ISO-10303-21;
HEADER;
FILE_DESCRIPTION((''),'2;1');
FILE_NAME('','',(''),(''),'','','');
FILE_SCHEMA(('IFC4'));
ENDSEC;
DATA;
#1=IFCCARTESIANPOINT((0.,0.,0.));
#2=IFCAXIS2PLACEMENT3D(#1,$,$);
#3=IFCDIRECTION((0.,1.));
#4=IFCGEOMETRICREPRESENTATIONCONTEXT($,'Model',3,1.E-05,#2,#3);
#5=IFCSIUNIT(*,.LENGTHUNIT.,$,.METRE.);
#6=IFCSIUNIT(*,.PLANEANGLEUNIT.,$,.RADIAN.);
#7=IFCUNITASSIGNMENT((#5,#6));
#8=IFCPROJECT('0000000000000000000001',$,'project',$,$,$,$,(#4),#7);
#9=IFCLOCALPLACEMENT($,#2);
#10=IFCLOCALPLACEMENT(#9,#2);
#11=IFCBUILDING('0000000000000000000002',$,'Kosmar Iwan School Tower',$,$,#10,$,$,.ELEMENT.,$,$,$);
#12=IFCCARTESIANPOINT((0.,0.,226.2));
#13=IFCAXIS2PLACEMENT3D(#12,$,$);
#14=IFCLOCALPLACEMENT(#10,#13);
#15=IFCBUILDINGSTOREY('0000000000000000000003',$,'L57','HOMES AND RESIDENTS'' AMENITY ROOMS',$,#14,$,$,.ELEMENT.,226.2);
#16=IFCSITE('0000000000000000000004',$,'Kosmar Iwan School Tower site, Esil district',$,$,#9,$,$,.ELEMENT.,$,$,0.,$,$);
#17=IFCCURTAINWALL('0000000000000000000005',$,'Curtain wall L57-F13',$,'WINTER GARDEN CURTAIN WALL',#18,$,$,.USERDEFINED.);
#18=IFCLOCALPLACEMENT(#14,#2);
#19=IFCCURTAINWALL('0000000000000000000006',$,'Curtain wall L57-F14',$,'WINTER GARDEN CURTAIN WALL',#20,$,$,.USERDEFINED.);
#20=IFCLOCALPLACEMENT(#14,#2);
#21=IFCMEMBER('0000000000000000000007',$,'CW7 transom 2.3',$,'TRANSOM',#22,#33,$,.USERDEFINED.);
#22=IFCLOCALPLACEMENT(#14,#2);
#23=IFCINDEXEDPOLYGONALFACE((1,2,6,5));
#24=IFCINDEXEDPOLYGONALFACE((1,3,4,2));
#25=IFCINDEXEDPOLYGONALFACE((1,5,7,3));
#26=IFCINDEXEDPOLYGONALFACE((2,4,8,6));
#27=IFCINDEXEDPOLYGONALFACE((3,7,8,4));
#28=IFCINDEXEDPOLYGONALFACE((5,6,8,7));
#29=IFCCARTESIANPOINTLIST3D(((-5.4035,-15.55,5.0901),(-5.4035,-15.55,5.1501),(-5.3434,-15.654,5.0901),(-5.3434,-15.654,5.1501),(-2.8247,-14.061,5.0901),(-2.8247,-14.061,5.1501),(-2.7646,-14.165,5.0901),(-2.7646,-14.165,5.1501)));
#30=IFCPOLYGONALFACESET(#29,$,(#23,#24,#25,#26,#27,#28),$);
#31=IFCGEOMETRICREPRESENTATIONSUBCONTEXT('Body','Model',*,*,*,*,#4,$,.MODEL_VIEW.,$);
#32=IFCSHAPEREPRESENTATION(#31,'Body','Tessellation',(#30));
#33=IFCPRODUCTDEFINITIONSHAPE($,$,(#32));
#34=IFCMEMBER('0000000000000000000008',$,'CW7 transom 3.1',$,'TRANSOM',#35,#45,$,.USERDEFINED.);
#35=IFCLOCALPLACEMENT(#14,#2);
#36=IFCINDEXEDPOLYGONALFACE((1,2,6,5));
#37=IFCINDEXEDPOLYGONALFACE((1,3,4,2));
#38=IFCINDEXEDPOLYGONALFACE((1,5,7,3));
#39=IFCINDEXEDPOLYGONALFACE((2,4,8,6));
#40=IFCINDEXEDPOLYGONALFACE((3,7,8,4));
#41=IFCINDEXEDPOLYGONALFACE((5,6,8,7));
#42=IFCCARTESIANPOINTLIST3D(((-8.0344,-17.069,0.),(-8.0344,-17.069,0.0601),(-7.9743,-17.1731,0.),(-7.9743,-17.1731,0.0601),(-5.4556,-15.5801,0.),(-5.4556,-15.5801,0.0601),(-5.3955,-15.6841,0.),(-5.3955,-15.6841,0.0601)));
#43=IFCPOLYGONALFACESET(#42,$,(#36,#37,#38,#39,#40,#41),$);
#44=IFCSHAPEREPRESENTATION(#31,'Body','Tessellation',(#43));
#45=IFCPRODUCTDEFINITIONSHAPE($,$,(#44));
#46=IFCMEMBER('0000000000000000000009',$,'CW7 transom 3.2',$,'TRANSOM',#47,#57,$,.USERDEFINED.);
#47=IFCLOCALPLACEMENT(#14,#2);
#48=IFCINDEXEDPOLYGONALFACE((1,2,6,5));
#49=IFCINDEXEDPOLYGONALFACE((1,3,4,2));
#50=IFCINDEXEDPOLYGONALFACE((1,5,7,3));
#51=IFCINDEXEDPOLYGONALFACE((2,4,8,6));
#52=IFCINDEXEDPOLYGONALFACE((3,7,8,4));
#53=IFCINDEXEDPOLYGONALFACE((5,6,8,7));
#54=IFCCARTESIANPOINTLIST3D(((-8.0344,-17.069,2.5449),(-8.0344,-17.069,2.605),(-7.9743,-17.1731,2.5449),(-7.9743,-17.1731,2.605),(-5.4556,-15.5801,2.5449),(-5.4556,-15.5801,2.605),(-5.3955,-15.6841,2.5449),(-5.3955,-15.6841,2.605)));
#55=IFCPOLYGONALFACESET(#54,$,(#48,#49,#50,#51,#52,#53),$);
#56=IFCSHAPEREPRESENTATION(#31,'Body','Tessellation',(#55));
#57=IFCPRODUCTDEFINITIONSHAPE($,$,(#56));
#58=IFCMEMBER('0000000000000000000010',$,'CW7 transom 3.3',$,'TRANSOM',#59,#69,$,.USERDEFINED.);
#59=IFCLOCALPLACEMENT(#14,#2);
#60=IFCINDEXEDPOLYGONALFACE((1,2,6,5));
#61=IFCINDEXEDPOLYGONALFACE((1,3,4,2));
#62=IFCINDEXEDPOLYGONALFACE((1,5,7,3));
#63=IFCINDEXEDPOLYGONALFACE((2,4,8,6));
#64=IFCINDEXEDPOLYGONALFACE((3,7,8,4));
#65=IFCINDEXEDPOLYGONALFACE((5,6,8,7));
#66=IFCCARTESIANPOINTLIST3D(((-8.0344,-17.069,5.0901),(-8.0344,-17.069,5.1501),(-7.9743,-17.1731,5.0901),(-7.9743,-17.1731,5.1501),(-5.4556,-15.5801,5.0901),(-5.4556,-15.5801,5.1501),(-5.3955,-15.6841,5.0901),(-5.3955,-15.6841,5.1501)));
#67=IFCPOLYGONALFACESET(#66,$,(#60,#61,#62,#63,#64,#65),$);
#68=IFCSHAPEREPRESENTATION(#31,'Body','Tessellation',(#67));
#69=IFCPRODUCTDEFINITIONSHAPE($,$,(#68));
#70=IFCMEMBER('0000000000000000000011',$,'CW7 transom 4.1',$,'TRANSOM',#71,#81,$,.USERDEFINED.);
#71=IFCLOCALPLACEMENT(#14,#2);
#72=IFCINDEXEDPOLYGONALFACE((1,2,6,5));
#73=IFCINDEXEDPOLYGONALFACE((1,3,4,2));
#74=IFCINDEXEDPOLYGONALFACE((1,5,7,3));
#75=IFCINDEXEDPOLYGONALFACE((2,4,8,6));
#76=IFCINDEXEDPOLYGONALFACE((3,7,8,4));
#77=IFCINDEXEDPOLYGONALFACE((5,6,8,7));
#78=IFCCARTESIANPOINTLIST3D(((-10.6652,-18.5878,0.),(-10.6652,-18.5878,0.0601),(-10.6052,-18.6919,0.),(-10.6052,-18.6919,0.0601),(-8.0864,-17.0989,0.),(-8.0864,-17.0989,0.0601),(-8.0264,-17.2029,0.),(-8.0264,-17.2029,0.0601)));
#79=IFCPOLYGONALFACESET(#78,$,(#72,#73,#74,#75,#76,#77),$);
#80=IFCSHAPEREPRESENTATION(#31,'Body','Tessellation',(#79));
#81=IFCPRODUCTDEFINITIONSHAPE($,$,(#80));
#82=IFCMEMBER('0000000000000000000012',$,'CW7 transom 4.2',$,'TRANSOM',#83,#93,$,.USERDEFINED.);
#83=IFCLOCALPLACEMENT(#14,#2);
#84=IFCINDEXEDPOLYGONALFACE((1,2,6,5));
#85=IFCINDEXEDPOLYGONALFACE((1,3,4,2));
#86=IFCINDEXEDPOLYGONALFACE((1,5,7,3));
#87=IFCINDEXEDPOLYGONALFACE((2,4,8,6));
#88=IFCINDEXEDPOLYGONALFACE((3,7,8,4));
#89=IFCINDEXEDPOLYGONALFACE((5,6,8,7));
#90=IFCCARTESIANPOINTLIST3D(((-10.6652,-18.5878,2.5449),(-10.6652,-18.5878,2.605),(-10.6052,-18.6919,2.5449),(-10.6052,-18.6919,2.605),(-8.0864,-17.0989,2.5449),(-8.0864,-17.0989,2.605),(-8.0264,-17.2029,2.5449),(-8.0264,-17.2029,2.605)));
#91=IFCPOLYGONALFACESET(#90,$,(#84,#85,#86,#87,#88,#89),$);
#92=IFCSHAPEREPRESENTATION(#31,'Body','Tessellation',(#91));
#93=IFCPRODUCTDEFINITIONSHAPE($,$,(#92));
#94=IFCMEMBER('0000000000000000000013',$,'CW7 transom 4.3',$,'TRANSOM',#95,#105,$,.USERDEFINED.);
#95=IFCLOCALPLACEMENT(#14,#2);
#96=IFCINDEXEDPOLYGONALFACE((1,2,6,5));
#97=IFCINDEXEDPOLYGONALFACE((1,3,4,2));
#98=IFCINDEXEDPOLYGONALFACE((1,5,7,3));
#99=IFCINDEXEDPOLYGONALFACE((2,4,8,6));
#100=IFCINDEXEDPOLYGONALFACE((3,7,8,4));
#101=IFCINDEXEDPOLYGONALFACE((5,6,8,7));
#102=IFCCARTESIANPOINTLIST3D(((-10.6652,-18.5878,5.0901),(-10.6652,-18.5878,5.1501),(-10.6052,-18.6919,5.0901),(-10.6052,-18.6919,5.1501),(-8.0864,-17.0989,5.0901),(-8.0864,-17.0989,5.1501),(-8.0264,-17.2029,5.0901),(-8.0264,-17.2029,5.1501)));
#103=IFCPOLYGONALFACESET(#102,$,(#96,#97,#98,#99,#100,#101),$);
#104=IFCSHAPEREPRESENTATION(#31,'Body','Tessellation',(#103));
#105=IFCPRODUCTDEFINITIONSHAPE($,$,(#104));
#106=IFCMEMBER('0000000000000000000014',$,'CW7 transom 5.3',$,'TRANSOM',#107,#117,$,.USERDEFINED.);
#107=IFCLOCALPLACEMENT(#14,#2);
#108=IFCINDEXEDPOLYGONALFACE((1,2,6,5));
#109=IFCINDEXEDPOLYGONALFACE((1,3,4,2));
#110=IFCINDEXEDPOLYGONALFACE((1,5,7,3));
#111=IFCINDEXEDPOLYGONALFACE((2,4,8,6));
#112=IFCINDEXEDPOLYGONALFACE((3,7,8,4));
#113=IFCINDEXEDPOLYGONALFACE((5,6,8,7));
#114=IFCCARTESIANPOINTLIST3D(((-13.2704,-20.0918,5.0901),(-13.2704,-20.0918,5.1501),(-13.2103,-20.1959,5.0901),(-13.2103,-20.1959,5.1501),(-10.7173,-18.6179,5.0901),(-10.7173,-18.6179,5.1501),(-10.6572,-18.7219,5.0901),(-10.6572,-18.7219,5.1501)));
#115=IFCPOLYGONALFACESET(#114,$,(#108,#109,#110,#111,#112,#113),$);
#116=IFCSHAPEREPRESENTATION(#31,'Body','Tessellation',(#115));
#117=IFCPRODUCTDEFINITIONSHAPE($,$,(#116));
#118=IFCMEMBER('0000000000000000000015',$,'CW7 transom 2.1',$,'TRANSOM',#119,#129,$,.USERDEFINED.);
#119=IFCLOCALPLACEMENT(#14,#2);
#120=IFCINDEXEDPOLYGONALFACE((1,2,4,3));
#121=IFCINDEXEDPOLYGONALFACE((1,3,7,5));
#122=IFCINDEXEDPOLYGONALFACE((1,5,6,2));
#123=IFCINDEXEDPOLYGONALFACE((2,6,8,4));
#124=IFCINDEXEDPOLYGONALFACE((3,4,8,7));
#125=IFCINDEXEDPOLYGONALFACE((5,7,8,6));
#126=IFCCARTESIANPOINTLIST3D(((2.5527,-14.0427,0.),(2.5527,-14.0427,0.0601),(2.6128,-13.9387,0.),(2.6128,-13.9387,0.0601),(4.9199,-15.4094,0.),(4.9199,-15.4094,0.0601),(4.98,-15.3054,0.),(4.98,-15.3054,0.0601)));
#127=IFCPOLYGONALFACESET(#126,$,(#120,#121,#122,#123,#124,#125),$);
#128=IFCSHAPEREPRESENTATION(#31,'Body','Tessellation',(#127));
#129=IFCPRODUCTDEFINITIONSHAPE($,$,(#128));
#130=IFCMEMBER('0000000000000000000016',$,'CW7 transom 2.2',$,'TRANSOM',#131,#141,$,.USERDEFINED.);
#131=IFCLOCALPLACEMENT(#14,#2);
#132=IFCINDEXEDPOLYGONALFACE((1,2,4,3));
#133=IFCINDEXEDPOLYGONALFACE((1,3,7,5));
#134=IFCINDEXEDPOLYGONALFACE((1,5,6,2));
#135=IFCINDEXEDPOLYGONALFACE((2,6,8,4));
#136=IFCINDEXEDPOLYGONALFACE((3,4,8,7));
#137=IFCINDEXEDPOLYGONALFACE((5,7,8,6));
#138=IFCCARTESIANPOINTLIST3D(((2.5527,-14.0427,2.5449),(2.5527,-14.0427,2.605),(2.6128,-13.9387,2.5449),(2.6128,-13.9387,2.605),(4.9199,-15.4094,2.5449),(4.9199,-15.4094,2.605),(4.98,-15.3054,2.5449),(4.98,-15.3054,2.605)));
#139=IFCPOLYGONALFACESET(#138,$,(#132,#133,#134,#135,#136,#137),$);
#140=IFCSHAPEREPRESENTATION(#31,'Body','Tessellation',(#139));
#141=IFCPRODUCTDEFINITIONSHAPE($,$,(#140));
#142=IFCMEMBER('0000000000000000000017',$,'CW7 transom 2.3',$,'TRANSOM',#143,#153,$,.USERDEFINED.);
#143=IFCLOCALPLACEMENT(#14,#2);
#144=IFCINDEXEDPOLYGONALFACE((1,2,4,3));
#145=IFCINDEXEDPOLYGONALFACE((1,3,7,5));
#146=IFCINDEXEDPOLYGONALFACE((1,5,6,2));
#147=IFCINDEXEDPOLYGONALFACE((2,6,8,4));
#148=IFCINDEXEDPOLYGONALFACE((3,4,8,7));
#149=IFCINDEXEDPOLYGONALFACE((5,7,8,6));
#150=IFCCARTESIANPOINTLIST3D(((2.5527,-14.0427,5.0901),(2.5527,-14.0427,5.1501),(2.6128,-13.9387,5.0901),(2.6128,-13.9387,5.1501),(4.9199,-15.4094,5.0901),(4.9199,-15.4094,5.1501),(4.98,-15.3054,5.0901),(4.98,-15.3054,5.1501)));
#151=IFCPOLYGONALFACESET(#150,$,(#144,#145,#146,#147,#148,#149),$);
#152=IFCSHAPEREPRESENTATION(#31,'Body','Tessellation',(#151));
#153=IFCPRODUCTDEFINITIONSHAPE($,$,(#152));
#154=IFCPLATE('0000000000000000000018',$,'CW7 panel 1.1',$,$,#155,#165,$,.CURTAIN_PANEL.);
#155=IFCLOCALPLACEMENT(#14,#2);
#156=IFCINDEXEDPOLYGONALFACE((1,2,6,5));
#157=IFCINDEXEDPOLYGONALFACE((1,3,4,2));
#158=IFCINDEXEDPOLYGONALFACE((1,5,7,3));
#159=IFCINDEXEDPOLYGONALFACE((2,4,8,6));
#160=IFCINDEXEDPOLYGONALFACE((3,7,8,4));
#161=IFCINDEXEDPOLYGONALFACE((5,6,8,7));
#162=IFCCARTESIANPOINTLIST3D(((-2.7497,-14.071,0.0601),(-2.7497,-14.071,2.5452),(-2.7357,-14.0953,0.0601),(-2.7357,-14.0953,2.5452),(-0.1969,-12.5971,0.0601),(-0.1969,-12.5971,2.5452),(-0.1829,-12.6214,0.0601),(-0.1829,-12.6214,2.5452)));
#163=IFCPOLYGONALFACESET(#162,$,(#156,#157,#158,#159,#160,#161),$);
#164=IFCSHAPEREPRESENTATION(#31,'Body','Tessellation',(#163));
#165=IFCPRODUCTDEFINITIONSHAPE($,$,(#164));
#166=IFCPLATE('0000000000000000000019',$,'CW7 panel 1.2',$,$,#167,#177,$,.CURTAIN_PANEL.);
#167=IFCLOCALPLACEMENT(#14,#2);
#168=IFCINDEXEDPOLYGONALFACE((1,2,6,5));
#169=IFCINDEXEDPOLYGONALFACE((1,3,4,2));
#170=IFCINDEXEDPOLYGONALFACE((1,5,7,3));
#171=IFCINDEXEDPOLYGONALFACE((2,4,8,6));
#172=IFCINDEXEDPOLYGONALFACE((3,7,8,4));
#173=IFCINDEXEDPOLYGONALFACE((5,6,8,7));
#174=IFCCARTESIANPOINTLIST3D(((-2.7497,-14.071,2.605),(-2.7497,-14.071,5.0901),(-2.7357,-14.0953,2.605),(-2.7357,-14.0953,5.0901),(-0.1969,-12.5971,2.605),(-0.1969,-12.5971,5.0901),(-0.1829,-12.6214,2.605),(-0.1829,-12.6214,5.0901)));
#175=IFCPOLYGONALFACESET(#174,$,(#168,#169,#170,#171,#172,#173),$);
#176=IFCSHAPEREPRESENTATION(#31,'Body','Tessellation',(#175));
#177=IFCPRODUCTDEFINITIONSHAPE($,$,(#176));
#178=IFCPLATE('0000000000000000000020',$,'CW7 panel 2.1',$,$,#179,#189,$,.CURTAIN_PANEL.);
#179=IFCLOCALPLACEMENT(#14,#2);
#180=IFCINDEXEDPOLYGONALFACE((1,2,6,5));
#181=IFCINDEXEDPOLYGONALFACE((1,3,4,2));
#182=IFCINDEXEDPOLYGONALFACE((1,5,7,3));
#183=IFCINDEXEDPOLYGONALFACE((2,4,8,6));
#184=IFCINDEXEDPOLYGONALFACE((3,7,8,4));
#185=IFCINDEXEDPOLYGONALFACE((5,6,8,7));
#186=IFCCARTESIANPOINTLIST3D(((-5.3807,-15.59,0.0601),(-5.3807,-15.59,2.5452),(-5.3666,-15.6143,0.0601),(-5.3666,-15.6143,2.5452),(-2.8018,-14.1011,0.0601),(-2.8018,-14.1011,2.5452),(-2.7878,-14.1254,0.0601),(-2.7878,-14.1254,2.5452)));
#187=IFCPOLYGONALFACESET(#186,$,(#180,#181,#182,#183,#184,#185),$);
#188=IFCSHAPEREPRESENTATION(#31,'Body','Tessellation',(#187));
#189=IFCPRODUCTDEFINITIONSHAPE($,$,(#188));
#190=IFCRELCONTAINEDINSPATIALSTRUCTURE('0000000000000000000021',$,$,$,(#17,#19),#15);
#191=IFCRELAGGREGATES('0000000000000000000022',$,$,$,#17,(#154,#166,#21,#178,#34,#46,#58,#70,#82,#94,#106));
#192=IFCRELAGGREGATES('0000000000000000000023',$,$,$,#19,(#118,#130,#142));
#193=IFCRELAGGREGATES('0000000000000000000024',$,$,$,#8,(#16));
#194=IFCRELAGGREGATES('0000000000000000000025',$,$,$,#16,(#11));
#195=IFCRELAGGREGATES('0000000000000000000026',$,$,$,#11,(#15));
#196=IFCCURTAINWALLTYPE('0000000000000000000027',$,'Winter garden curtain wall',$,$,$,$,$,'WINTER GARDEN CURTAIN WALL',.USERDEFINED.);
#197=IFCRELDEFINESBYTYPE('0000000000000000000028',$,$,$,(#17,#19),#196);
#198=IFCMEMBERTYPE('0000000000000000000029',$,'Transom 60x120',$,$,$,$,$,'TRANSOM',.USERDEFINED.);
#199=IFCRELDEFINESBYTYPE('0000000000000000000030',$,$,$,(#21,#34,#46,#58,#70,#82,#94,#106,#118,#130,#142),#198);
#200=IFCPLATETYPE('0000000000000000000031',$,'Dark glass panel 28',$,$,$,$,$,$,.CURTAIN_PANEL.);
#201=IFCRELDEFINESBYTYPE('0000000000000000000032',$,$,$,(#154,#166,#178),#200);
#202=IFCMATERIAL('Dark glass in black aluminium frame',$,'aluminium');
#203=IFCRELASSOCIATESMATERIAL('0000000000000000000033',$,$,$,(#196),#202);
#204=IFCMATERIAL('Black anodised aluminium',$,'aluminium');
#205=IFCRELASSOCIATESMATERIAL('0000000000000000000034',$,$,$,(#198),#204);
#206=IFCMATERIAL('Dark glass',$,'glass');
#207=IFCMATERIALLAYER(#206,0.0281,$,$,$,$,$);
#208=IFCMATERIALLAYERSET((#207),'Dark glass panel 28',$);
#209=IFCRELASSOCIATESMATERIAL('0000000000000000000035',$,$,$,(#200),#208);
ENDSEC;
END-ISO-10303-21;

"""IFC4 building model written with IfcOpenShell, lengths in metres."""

from ifc_helpers import new_model, si_unit, direction, frame, origin, origin_2d, place, context, subcontext, project, spatial, rectangle, extrude, material, layer, layer_set, material_profile, profile_set, type_object, element, aggregate, save


model = new_model("IFC4")

# Units and contexts
model_context = context("Model", 3, precision=1e-05, world=origin(), true_north=direction((0.0, 1.0)))
body_context = subcontext(model_context, "Body", "Model", "MODEL_VIEW")
ifc_project = project(units=[si_unit("LENGTHUNIT", "METRE"), si_unit("PLANEANGLEUNIT", "RADIAN")], contexts=[model_context])

# Site, building, storey
site_placement = place(None, origin())
site = spatial("IfcSite", under=ifc_project, at=site_placement, Name="Kosmar Iwan School Tower site, Esil district", CompositionType="ELEMENT", RefElevation=0.0)
building_placement = place(site_placement, origin())
building = spatial("IfcBuilding", under=site, at=building_placement, Name="Kosmar Iwan School Tower", CompositionType="ELEMENT")
storey_placement = place(building_placement, frame((0.0, 0.0, 226.2)))
storey = spatial("IfcBuildingStorey", under=building, at=storey_placement, Name="L57", Description="HOMES AND RESIDENTS' AMENITY ROOMS", CompositionType="ELEMENT", Elevation=226.2)

# Curtain wall
ifc_material_1 = material(Name="Dark glass in black aluminium frame", Category="aluminium")
curtain_wall_type = type_object("IfcCurtainWallType", Name="Winter garden curtain wall", ElementType="WINTER GARDEN CURTAIN WALL", PredefinedType="USERDEFINED", material=ifc_material_1)
curtain_wall_1_placement = place(storey_placement, origin())
curtain_wall_1 = element("IfcCurtainWall", 1, at=curtain_wall_1_placement, inside=storey, type_object=curtain_wall_type, Name="Curtain wall L57-F13", ObjectType="WINTER GARDEN CURTAIN WALL", PredefinedType="USERDEFINED")

# Curtain wall
curtain_wall_2_placement = place(storey_placement, origin())
curtain_wall_2 = element("IfcCurtainWall", 2, at=curtain_wall_2_placement, inside=storey, type_object=curtain_wall_type, Name="Curtain wall L57-F14", ObjectType="WINTER GARDEN CURTAIN WALL", PredefinedType="USERDEFINED")

# Members
ifc_material_2 = material(Name="Black anodised aluminium", Category="aluminium")
ifc_material_profile_1 = material_profile(ifc_material_2, rectangle(XDim=0.1201, YDim=0.0601, at=origin_2d()), Name="TRANSOM 60x120")
ifc_profile_set_1 = profile_set([ifc_material_profile_1], Name="Black anodised aluminium")
member_type_1 = type_object("IfcMemberType", Name="Transom 60x120", ElementType="TRANSOM", PredefinedType="USERDEFINED", material=ifc_profile_set_1)
member_1_placement = place(storey_placement, frame((-2.7947, -14.113, 5.1201), z_axis=(-0.866009, -0.500028, 0.0), x_axis=(0.500028, -0.866009, 0.0)))
member_1 = element("IfcMember", 3, at=member_1_placement, type_object=member_type_1, Name="CW7 transom 2.3", ObjectType="TRANSOM", PredefinedType="USERDEFINED", context=body_context, shape_type="SweptSolid", body=[
    extrude(rectangle(XDim=0.1201, YDim=0.0601, at=origin_2d()), origin(), (0.0, 0.0, 1.0), 2.9778),
])
member_2_placement = place(storey_placement, frame((-5.4255, -15.6321, 0.03), z_axis=(-0.866009, -0.500028, 0.0), x_axis=(0.500028, -0.866009, 0.0)))
member_2 = element("IfcMember", 4, at=member_2_placement, type_object=member_type_1, Name="CW7 transom 3.1", ObjectType="TRANSOM", PredefinedType="USERDEFINED", context=body_context, shape_type="SweptSolid", body=[
    extrude(rectangle(XDim=0.1201, YDim=0.0601, at=origin_2d()), origin(), (0.0, 0.0, 1.0), 2.9778),
])
member_3_placement = place(storey_placement, frame((-5.4255, -15.6321, 2.575), z_axis=(-0.866009, -0.500028, 0.0), x_axis=(0.500028, -0.866009, 0.0)))
member_3 = element("IfcMember", 5, at=member_3_placement, type_object=member_type_1, Name="CW7 transom 3.2", ObjectType="TRANSOM", PredefinedType="USERDEFINED", context=body_context, shape_type="SweptSolid", body=[
    extrude(rectangle(XDim=0.1201, YDim=0.0601, at=origin_2d()), origin(), (0.0, 0.0, 1.0), 2.9778),
])
member_4_placement = place(storey_placement, frame((-5.4255, -15.6321, 5.1201), z_axis=(-0.866009, -0.500028, 0.0), x_axis=(0.500028, -0.866009, 0.0)))
member_4 = element("IfcMember", 6, at=member_4_placement, type_object=member_type_1, Name="CW7 transom 3.3", ObjectType="TRANSOM", PredefinedType="USERDEFINED", context=body_context, shape_type="SweptSolid", body=[
    extrude(rectangle(XDim=0.1201, YDim=0.0601, at=origin_2d()), origin(), (0.0, 0.0, 1.0), 2.9778),
])
member_5_placement = place(storey_placement, frame((-8.0564, -17.1509, 0.03), z_axis=(-0.866009, -0.500028, 0.0), x_axis=(0.500028, -0.866009, 0.0)))
member_5 = element("IfcMember", 7, at=member_5_placement, type_object=member_type_1, Name="CW7 transom 4.1", ObjectType="TRANSOM", PredefinedType="USERDEFINED", context=body_context, shape_type="SweptSolid", body=[
    extrude(rectangle(XDim=0.1201, YDim=0.0601, at=origin_2d()), origin(), (0.0, 0.0, 1.0), 2.9778),
])
member_6_placement = place(storey_placement, frame((-8.0564, -17.1509, 2.575), z_axis=(-0.866009, -0.500028, 0.0), x_axis=(0.500028, -0.866009, 0.0)))
member_6 = element("IfcMember", 8, at=member_6_placement, type_object=member_type_1, Name="CW7 transom 4.2", ObjectType="TRANSOM", PredefinedType="USERDEFINED", context=body_context, shape_type="SweptSolid", body=[
    extrude(rectangle(XDim=0.1201, YDim=0.0601, at=origin_2d()), origin(), (0.0, 0.0, 1.0), 2.9778),
])
member_7_placement = place(storey_placement, frame((-8.0564, -17.1509, 5.1201), z_axis=(-0.866009, -0.500028, 0.0), x_axis=(0.500028, -0.866009, 0.0)))
member_7 = element("IfcMember", 9, at=member_7_placement, type_object=member_type_1, Name="CW7 transom 4.3", ObjectType="TRANSOM", PredefinedType="USERDEFINED", context=body_context, shape_type="SweptSolid", body=[
    extrude(rectangle(XDim=0.1201, YDim=0.0601, at=origin_2d()), origin(), (0.0, 0.0, 1.0), 2.9778),
])
member_8_placement = place(storey_placement, frame((-10.6873, -18.6699, 5.1201), z_axis=(-0.866038, -0.499978, 0.0), x_axis=(0.499978, -0.866038, 0.0)))
member_8 = element("IfcMember", 10, at=member_8_placement, type_object=member_type_1, Name="CW7 transom 5.3", ObjectType="TRANSOM", PredefinedType="USERDEFINED", context=body_context, shape_type="SweptSolid", body=[
    extrude(rectangle(XDim=0.1201, YDim=0.0601, at=origin_2d()), origin(), (0.0, 0.0, 1.0), 2.948),
])
member_9_placement = place(storey_placement, frame((2.5828, -13.9907, 0.03), z_axis=(0.866025, -0.500001, 0.0), x_axis=(0.500001, 0.866025, 0.0)))
member_9 = element("IfcMember", 11, at=member_9_placement, type_object=member_type_1, Name="CW7 transom 2.1", ObjectType="TRANSOM", PredefinedType="USERDEFINED", context=body_context, shape_type="SweptSolid", body=[
    extrude(rectangle(XDim=0.1201, YDim=0.0601, at=origin_2d()), origin(), (0.0, 0.0, 1.0), 2.7334),
])
member_10_placement = place(storey_placement, frame((2.5828, -13.9907, 2.575), z_axis=(0.866025, -0.500001, 0.0), x_axis=(0.500001, 0.866025, 0.0)))
member_10 = element("IfcMember", 12, at=member_10_placement, type_object=member_type_1, Name="CW7 transom 2.2", ObjectType="TRANSOM", PredefinedType="USERDEFINED", context=body_context, shape_type="SweptSolid", body=[
    extrude(rectangle(XDim=0.1201, YDim=0.0601, at=origin_2d()), origin(), (0.0, 0.0, 1.0), 2.7334),
])
member_11_placement = place(storey_placement, frame((2.5828, -13.9907, 5.1201), z_axis=(0.866025, -0.500001, 0.0), x_axis=(0.500001, 0.866025, 0.0)))
member_11 = element("IfcMember", 13, at=member_11_placement, type_object=member_type_1, Name="CW7 transom 2.3", ObjectType="TRANSOM", PredefinedType="USERDEFINED", context=body_context, shape_type="SweptSolid", body=[
    extrude(rectangle(XDim=0.1201, YDim=0.0601, at=origin_2d()), origin(), (0.0, 0.0, 1.0), 2.7334),
])

# Plates
ifc_material_3 = material(Name="Dark glass", Category="glass")
ifc_layer = layer(ifc_material_3, 0.0281)
ifc_layer_set = layer_set([ifc_layer], Name="Dark glass panel 28")
plate_type = type_object("IfcPlateType", Name="Dark glass panel 28", PredefinedType="CURTAIN_PANEL", material=ifc_layer_set)
plate_1_placement = place(storey_placement, frame((-1.4663, -13.3462, 0.0601), z_axis=(0.0, 0.0, 1.0), x_axis=(-0.866025, -0.5, 0.0)))
plate_1 = element("IfcPlate", 14, at=plate_1_placement, type_object=plate_type, Name="CW7 panel 1.1", PredefinedType="CURTAIN_PANEL", context=body_context, shape_type="SweptSolid", body=[
    extrude(rectangle(XDim=2.9478, YDim=0.0281, at=origin_2d()), origin(), (0.0, 0.0, 1.0), 2.4851),
])
plate_2_placement = place(storey_placement, frame((-1.4663, -13.3462, 2.605), z_axis=(0.0, 0.0, 1.0), x_axis=(-0.866025, -0.5, 0.0)))
plate_2 = element("IfcPlate", 15, at=plate_2_placement, type_object=plate_type, Name="CW7 panel 1.2", PredefinedType="CURTAIN_PANEL", context=body_context, shape_type="SweptSolid", body=[
    extrude(rectangle(XDim=2.9478, YDim=0.0281, at=origin_2d()), origin(), (0.0, 0.0, 1.0), 2.4851),
])
plate_3_placement = place(storey_placement, frame((-4.0842, -14.8577, 0.0601), z_axis=(0.0, 0.0, 1.0), x_axis=(-0.866025, -0.5, 0.0)))
plate_3 = element("IfcPlate", 16, at=plate_3_placement, type_object=plate_type, Name="CW7 panel 2.1", PredefinedType="CURTAIN_PANEL", context=body_context, shape_type="SweptSolid", body=[
    extrude(rectangle(XDim=2.9778, YDim=0.0281, at=origin_2d()), origin(), (0.0, 0.0, 1.0), 2.4851),
])
aggregate(curtain_wall_1, [plate_1, plate_2, member_1, plate_3, member_2, member_3, member_4, member_5, member_6, member_7, member_8])
aggregate(curtain_wall_2, [member_9, member_10, member_11])

save(model, "model.ifc")
